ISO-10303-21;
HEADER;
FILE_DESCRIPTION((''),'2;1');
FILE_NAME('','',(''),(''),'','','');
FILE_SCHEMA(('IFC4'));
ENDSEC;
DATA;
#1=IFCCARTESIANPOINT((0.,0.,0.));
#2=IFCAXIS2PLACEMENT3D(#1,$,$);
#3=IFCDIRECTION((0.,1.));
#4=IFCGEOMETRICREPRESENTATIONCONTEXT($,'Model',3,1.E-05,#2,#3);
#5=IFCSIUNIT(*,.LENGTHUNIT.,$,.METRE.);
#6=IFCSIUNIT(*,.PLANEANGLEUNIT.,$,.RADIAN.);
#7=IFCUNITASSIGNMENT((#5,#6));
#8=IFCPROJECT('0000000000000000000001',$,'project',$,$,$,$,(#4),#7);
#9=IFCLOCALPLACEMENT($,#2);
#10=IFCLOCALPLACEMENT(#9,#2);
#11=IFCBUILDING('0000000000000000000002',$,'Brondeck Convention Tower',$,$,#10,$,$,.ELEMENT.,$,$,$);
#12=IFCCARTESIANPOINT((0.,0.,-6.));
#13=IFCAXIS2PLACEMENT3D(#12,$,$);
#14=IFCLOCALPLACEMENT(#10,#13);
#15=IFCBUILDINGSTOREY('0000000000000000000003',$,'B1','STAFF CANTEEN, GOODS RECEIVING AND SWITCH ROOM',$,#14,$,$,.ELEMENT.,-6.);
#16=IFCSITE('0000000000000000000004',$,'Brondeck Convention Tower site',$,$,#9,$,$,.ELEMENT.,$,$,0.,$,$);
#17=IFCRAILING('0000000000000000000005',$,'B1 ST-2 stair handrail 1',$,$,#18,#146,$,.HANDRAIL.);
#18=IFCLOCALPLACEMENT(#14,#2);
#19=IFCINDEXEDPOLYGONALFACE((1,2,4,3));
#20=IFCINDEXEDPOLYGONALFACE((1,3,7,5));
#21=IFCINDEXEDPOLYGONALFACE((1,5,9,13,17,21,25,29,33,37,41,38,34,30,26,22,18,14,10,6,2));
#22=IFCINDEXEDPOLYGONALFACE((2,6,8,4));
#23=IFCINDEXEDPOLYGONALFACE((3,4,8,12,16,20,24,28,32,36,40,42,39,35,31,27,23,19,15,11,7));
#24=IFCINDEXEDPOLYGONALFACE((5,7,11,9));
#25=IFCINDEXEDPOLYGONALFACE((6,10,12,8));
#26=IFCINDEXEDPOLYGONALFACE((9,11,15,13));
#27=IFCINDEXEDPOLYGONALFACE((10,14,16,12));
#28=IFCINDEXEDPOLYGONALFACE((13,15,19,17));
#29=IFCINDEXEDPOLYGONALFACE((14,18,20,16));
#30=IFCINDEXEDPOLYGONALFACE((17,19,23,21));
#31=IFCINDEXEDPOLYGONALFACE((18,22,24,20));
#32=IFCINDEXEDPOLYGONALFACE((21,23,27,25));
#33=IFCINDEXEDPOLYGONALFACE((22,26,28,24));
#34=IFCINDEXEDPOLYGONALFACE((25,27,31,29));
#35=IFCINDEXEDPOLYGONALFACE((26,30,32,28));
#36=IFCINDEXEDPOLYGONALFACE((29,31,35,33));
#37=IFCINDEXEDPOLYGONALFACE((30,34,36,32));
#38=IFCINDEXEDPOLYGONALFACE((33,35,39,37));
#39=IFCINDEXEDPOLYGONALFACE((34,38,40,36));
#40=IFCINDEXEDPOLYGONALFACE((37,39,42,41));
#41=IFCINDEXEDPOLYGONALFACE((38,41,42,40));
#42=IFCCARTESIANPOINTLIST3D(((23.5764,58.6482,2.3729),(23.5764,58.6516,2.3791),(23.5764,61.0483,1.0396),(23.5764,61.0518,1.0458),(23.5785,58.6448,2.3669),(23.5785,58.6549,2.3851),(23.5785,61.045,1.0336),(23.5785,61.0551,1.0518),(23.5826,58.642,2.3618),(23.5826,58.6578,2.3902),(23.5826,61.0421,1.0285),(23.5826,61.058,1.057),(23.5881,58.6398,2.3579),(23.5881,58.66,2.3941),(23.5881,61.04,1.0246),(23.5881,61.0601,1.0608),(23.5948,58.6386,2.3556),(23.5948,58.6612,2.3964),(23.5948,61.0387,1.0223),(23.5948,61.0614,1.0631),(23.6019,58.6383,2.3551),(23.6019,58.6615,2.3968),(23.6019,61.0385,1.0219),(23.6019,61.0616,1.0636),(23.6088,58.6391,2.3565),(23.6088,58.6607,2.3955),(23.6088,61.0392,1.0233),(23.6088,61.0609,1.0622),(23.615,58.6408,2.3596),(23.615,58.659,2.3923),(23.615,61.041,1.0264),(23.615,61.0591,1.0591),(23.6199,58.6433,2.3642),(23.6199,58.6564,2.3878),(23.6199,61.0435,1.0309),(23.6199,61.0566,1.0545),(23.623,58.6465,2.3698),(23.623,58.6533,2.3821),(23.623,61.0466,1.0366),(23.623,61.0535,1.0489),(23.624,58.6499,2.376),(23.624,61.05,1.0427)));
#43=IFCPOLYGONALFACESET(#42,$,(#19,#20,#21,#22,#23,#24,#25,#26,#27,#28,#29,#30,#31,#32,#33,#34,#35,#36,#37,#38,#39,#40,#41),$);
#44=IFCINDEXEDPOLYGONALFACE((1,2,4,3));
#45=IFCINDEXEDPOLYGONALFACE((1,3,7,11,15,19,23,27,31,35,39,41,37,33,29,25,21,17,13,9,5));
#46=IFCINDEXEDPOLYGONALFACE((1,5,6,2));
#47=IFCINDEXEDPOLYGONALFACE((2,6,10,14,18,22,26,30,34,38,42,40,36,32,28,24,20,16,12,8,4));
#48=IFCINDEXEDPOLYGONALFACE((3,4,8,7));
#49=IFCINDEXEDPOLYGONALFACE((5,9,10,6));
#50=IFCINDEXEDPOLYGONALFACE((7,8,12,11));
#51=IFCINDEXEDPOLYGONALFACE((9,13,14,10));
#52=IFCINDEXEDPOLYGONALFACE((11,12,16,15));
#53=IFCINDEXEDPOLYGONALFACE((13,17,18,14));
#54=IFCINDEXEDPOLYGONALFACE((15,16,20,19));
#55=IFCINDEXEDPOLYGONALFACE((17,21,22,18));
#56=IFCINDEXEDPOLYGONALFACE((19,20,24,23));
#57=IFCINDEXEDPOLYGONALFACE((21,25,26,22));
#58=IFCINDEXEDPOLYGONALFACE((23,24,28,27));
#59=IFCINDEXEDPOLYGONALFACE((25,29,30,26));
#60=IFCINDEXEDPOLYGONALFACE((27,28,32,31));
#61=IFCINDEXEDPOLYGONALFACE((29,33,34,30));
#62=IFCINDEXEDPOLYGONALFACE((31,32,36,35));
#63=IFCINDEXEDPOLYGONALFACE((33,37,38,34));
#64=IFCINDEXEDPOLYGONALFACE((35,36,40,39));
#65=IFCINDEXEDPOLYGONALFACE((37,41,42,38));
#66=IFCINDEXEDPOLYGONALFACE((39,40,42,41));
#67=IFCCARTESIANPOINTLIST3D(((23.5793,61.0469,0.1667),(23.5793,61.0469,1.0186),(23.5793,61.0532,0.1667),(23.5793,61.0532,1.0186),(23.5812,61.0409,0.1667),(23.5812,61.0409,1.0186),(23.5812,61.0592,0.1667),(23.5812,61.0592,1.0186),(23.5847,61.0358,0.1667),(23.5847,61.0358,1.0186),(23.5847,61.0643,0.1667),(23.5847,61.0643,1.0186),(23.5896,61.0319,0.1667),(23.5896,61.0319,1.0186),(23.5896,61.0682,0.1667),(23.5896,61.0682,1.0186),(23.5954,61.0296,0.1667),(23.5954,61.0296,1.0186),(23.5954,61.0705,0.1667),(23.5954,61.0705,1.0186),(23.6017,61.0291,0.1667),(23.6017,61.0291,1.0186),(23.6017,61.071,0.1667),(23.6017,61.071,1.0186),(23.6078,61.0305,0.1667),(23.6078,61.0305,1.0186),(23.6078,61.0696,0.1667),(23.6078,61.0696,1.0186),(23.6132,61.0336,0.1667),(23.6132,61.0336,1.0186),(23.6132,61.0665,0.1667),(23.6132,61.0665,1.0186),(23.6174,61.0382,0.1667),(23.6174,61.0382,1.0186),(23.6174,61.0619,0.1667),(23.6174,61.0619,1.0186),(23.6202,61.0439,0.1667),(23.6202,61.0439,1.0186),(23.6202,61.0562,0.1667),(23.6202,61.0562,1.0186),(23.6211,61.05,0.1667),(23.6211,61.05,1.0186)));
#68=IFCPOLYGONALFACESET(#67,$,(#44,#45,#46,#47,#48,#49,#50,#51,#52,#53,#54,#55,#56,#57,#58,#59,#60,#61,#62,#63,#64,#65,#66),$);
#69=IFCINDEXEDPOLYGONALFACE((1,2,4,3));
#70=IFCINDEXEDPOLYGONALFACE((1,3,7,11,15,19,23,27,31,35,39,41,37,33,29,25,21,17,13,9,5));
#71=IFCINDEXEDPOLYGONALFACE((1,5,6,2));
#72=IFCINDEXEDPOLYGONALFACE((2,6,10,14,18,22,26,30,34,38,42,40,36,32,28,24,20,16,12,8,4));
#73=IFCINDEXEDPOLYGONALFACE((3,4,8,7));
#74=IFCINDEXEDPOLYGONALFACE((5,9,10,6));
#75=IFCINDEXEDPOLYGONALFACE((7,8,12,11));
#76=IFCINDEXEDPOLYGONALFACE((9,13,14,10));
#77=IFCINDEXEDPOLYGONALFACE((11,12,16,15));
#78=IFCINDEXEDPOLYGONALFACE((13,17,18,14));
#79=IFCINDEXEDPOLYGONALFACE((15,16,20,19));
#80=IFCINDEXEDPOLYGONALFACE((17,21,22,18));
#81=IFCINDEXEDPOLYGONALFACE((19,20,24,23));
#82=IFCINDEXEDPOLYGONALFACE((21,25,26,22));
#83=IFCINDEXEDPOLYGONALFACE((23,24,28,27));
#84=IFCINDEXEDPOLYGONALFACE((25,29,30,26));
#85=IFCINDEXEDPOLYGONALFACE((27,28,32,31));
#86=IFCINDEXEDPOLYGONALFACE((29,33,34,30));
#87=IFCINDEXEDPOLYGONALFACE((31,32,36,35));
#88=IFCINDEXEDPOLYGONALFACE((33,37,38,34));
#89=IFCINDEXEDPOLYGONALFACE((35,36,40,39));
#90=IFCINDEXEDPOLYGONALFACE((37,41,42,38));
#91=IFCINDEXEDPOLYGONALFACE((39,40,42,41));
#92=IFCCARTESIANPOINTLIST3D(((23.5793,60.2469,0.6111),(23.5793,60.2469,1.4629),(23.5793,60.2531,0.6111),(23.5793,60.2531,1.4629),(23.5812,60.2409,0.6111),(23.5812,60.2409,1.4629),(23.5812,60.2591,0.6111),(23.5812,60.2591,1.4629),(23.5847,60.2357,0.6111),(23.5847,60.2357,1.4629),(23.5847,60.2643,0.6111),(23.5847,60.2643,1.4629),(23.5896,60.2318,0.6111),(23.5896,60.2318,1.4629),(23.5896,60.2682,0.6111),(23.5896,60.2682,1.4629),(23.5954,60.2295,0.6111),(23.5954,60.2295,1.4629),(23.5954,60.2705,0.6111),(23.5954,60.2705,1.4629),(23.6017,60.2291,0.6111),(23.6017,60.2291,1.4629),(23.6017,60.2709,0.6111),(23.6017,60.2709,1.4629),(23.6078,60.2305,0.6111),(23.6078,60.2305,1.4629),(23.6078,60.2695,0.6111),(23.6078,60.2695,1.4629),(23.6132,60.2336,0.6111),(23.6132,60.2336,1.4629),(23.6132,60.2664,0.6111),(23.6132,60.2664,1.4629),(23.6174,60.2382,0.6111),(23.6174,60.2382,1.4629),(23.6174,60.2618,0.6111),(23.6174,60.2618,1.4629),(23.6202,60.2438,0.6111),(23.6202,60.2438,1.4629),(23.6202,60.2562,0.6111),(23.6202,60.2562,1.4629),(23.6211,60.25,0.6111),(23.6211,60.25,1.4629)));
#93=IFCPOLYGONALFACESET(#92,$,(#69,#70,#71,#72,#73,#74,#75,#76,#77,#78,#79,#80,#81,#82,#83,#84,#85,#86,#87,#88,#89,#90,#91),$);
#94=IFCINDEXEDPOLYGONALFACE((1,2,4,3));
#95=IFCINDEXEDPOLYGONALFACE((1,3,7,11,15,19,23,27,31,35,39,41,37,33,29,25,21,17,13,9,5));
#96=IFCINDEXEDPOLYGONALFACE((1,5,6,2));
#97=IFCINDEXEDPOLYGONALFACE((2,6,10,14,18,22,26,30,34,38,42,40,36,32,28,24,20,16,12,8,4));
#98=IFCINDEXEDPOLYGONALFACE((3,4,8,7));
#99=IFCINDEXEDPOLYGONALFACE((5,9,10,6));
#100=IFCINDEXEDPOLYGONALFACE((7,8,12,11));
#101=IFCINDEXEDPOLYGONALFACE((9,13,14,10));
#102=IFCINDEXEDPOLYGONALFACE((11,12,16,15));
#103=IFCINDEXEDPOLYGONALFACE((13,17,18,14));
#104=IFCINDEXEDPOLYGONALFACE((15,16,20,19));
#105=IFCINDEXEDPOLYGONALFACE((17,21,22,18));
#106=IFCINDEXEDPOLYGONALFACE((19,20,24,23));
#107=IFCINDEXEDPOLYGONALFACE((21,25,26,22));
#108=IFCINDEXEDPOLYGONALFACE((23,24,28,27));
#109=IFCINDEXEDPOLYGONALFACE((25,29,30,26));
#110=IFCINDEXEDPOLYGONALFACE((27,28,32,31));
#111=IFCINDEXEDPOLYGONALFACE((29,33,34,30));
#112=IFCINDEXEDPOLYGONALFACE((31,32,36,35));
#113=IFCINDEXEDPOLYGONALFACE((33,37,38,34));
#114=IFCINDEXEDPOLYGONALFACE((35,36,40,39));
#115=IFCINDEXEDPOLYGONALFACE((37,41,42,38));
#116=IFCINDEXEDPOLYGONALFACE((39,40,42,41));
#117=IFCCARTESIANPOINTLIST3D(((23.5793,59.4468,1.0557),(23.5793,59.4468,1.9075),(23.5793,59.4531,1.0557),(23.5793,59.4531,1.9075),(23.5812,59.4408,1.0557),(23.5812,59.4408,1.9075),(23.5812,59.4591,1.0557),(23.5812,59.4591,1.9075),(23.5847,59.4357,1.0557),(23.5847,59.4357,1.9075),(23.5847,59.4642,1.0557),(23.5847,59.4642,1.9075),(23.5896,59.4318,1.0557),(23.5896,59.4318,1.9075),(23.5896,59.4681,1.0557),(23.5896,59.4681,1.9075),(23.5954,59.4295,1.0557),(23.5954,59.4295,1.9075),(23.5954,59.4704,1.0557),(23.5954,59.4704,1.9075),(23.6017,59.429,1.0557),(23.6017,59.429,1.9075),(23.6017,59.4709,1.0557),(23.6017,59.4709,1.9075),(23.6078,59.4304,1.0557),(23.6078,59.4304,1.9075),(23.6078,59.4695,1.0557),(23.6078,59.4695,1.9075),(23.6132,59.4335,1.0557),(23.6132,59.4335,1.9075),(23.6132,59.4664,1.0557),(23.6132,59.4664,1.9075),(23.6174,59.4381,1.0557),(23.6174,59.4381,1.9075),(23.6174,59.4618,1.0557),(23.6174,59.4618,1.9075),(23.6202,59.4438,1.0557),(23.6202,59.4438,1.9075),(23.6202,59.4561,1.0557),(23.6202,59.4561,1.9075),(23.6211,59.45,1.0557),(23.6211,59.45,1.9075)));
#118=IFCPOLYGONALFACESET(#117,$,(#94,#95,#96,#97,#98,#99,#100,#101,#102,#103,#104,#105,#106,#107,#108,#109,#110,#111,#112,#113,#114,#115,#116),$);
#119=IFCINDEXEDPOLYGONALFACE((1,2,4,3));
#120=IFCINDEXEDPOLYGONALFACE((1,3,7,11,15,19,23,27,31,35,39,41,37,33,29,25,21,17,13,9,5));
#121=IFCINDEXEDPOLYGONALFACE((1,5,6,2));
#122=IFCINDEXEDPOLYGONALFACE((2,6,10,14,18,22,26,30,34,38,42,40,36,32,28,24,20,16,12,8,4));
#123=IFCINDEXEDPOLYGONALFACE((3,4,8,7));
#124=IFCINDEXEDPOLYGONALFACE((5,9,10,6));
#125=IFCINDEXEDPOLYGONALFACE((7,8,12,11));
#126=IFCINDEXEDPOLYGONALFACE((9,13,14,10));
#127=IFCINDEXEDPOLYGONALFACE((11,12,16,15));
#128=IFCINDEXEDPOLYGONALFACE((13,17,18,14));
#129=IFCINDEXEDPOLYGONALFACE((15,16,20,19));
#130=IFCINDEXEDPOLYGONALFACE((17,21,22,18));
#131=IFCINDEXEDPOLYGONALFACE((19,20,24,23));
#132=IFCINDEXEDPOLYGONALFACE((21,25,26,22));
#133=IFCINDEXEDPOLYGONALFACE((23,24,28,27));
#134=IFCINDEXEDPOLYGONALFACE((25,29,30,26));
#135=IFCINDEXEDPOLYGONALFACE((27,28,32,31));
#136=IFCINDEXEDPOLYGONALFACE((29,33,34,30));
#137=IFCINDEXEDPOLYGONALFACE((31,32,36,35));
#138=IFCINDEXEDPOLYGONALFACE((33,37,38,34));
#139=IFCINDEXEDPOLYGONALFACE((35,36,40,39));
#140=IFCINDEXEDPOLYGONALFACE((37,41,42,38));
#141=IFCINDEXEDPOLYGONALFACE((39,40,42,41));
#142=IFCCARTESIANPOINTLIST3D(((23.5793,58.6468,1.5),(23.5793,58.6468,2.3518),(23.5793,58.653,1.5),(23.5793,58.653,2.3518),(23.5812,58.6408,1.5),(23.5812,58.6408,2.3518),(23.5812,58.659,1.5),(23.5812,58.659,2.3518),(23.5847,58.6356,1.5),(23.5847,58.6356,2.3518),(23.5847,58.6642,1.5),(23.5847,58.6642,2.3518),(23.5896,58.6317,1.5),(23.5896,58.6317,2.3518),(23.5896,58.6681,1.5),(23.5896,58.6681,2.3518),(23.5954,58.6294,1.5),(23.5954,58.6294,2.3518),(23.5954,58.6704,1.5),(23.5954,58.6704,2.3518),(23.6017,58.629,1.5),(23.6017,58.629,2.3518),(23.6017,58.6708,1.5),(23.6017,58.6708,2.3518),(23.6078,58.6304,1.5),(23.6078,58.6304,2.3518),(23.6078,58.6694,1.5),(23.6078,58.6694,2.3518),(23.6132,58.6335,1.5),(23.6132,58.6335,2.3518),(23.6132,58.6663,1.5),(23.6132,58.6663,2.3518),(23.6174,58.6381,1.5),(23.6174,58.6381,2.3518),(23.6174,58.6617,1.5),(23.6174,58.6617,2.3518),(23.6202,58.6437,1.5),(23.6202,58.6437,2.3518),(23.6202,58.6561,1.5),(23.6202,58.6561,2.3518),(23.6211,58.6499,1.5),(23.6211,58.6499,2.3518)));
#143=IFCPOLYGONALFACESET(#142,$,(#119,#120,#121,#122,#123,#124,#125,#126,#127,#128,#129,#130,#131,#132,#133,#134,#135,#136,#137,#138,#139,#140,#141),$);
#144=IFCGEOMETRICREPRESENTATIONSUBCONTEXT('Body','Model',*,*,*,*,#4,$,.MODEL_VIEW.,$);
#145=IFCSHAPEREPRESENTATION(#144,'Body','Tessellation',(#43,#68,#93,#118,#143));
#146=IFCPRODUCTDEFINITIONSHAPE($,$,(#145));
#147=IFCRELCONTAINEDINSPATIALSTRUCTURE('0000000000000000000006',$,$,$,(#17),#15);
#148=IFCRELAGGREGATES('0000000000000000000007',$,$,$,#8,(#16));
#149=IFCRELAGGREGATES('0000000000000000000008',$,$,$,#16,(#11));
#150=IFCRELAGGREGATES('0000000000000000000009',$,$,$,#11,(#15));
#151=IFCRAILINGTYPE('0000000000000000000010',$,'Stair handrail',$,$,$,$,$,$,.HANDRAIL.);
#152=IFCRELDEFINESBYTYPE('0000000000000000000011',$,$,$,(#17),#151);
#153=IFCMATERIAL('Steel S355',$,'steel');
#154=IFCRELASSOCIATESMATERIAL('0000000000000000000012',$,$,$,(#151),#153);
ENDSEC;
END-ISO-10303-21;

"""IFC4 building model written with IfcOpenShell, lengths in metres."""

from ifc_helpers import new_model, si_unit, direction, frame, origin, origin_2d, place, context, subcontext, project, spatial, circle, extrude, material, type_object, element, save


model = new_model("IFC4")

# Units and contexts
model_context = context("Model", 3, precision=1e-05, world=origin(), true_north=direction((0.0, 1.0)))
body_context = subcontext(model_context, "Body", "Model", "MODEL_VIEW")
ifc_project = project(units=[si_unit("LENGTHUNIT", "METRE"), si_unit("PLANEANGLEUNIT", "RADIAN")], contexts=[model_context])

# Site, building, storey
site_placement = place(None, origin())
site = spatial("IfcSite", under=ifc_project, at=site_placement, Name="Brondeck Convention Tower site", CompositionType="ELEMENT", RefElevation=0.0)
building_placement = place(site_placement, origin())
building = spatial("IfcBuilding", under=site, at=building_placement, Name="Brondeck Convention Tower", CompositionType="ELEMENT")
storey_placement = place(building_placement, frame((0.0, 0.0, -6.0)))
storey = spatial("IfcBuildingStorey", under=building, at=storey_placement, Name="B1", Description="STAFF CANTEEN, GOODS RECEIVING AND SWITCH ROOM", CompositionType="ELEMENT", Elevation=-6.0)

# Shared definitions
ifc_material_1 = material(Name="Steel S355", Category="steel")

# Railing
railing_type_1 = type_object("IfcRailingType", Name="Stair handrail", PredefinedType="HANDRAIL", material=ifc_material_1)
railing_1_placement = place(storey_placement, frame((23.6001, 61.05, 0.1667)))
element("IfcRailing", 1, at=railing_1_placement, inside=storey, type_object=railing_type_1, Name="B1 ST-2 stair handrail 1", PredefinedType="HANDRAIL", context=body_context, shape_type="SweptSolid", body=[
    extrude(circle(Radius=0.0239, at=origin_2d()), frame((0.0, 0.0, 0.876), z_axis=(0.0, -0.874182, 0.485598), x_axis=(1.0, 0.0, 0.0)), (0.0, 0.0, 1.0), 2.7456),
    extrude(circle(Radius=0.021, at=origin_2d()), origin(), (0.0, 0.0, 1.0), 0.8518),
    extrude(circle(Radius=0.021, at=origin_2d()), frame((0.0, -0.8, 0.4443)), (0.0, 0.0, 1.0), 0.8518),
    extrude(circle(Radius=0.021, at=origin_2d()), frame((0.0, -1.6001, 0.8889)), (0.0, 0.0, 1.0), 0.8518),
    extrude(circle(Radius=0.021, at=origin_2d()), frame((0.0, -2.4001, 1.3333)), (0.0, 0.0, 1.0), 0.8518),
])

save(model, "model.ifc")
